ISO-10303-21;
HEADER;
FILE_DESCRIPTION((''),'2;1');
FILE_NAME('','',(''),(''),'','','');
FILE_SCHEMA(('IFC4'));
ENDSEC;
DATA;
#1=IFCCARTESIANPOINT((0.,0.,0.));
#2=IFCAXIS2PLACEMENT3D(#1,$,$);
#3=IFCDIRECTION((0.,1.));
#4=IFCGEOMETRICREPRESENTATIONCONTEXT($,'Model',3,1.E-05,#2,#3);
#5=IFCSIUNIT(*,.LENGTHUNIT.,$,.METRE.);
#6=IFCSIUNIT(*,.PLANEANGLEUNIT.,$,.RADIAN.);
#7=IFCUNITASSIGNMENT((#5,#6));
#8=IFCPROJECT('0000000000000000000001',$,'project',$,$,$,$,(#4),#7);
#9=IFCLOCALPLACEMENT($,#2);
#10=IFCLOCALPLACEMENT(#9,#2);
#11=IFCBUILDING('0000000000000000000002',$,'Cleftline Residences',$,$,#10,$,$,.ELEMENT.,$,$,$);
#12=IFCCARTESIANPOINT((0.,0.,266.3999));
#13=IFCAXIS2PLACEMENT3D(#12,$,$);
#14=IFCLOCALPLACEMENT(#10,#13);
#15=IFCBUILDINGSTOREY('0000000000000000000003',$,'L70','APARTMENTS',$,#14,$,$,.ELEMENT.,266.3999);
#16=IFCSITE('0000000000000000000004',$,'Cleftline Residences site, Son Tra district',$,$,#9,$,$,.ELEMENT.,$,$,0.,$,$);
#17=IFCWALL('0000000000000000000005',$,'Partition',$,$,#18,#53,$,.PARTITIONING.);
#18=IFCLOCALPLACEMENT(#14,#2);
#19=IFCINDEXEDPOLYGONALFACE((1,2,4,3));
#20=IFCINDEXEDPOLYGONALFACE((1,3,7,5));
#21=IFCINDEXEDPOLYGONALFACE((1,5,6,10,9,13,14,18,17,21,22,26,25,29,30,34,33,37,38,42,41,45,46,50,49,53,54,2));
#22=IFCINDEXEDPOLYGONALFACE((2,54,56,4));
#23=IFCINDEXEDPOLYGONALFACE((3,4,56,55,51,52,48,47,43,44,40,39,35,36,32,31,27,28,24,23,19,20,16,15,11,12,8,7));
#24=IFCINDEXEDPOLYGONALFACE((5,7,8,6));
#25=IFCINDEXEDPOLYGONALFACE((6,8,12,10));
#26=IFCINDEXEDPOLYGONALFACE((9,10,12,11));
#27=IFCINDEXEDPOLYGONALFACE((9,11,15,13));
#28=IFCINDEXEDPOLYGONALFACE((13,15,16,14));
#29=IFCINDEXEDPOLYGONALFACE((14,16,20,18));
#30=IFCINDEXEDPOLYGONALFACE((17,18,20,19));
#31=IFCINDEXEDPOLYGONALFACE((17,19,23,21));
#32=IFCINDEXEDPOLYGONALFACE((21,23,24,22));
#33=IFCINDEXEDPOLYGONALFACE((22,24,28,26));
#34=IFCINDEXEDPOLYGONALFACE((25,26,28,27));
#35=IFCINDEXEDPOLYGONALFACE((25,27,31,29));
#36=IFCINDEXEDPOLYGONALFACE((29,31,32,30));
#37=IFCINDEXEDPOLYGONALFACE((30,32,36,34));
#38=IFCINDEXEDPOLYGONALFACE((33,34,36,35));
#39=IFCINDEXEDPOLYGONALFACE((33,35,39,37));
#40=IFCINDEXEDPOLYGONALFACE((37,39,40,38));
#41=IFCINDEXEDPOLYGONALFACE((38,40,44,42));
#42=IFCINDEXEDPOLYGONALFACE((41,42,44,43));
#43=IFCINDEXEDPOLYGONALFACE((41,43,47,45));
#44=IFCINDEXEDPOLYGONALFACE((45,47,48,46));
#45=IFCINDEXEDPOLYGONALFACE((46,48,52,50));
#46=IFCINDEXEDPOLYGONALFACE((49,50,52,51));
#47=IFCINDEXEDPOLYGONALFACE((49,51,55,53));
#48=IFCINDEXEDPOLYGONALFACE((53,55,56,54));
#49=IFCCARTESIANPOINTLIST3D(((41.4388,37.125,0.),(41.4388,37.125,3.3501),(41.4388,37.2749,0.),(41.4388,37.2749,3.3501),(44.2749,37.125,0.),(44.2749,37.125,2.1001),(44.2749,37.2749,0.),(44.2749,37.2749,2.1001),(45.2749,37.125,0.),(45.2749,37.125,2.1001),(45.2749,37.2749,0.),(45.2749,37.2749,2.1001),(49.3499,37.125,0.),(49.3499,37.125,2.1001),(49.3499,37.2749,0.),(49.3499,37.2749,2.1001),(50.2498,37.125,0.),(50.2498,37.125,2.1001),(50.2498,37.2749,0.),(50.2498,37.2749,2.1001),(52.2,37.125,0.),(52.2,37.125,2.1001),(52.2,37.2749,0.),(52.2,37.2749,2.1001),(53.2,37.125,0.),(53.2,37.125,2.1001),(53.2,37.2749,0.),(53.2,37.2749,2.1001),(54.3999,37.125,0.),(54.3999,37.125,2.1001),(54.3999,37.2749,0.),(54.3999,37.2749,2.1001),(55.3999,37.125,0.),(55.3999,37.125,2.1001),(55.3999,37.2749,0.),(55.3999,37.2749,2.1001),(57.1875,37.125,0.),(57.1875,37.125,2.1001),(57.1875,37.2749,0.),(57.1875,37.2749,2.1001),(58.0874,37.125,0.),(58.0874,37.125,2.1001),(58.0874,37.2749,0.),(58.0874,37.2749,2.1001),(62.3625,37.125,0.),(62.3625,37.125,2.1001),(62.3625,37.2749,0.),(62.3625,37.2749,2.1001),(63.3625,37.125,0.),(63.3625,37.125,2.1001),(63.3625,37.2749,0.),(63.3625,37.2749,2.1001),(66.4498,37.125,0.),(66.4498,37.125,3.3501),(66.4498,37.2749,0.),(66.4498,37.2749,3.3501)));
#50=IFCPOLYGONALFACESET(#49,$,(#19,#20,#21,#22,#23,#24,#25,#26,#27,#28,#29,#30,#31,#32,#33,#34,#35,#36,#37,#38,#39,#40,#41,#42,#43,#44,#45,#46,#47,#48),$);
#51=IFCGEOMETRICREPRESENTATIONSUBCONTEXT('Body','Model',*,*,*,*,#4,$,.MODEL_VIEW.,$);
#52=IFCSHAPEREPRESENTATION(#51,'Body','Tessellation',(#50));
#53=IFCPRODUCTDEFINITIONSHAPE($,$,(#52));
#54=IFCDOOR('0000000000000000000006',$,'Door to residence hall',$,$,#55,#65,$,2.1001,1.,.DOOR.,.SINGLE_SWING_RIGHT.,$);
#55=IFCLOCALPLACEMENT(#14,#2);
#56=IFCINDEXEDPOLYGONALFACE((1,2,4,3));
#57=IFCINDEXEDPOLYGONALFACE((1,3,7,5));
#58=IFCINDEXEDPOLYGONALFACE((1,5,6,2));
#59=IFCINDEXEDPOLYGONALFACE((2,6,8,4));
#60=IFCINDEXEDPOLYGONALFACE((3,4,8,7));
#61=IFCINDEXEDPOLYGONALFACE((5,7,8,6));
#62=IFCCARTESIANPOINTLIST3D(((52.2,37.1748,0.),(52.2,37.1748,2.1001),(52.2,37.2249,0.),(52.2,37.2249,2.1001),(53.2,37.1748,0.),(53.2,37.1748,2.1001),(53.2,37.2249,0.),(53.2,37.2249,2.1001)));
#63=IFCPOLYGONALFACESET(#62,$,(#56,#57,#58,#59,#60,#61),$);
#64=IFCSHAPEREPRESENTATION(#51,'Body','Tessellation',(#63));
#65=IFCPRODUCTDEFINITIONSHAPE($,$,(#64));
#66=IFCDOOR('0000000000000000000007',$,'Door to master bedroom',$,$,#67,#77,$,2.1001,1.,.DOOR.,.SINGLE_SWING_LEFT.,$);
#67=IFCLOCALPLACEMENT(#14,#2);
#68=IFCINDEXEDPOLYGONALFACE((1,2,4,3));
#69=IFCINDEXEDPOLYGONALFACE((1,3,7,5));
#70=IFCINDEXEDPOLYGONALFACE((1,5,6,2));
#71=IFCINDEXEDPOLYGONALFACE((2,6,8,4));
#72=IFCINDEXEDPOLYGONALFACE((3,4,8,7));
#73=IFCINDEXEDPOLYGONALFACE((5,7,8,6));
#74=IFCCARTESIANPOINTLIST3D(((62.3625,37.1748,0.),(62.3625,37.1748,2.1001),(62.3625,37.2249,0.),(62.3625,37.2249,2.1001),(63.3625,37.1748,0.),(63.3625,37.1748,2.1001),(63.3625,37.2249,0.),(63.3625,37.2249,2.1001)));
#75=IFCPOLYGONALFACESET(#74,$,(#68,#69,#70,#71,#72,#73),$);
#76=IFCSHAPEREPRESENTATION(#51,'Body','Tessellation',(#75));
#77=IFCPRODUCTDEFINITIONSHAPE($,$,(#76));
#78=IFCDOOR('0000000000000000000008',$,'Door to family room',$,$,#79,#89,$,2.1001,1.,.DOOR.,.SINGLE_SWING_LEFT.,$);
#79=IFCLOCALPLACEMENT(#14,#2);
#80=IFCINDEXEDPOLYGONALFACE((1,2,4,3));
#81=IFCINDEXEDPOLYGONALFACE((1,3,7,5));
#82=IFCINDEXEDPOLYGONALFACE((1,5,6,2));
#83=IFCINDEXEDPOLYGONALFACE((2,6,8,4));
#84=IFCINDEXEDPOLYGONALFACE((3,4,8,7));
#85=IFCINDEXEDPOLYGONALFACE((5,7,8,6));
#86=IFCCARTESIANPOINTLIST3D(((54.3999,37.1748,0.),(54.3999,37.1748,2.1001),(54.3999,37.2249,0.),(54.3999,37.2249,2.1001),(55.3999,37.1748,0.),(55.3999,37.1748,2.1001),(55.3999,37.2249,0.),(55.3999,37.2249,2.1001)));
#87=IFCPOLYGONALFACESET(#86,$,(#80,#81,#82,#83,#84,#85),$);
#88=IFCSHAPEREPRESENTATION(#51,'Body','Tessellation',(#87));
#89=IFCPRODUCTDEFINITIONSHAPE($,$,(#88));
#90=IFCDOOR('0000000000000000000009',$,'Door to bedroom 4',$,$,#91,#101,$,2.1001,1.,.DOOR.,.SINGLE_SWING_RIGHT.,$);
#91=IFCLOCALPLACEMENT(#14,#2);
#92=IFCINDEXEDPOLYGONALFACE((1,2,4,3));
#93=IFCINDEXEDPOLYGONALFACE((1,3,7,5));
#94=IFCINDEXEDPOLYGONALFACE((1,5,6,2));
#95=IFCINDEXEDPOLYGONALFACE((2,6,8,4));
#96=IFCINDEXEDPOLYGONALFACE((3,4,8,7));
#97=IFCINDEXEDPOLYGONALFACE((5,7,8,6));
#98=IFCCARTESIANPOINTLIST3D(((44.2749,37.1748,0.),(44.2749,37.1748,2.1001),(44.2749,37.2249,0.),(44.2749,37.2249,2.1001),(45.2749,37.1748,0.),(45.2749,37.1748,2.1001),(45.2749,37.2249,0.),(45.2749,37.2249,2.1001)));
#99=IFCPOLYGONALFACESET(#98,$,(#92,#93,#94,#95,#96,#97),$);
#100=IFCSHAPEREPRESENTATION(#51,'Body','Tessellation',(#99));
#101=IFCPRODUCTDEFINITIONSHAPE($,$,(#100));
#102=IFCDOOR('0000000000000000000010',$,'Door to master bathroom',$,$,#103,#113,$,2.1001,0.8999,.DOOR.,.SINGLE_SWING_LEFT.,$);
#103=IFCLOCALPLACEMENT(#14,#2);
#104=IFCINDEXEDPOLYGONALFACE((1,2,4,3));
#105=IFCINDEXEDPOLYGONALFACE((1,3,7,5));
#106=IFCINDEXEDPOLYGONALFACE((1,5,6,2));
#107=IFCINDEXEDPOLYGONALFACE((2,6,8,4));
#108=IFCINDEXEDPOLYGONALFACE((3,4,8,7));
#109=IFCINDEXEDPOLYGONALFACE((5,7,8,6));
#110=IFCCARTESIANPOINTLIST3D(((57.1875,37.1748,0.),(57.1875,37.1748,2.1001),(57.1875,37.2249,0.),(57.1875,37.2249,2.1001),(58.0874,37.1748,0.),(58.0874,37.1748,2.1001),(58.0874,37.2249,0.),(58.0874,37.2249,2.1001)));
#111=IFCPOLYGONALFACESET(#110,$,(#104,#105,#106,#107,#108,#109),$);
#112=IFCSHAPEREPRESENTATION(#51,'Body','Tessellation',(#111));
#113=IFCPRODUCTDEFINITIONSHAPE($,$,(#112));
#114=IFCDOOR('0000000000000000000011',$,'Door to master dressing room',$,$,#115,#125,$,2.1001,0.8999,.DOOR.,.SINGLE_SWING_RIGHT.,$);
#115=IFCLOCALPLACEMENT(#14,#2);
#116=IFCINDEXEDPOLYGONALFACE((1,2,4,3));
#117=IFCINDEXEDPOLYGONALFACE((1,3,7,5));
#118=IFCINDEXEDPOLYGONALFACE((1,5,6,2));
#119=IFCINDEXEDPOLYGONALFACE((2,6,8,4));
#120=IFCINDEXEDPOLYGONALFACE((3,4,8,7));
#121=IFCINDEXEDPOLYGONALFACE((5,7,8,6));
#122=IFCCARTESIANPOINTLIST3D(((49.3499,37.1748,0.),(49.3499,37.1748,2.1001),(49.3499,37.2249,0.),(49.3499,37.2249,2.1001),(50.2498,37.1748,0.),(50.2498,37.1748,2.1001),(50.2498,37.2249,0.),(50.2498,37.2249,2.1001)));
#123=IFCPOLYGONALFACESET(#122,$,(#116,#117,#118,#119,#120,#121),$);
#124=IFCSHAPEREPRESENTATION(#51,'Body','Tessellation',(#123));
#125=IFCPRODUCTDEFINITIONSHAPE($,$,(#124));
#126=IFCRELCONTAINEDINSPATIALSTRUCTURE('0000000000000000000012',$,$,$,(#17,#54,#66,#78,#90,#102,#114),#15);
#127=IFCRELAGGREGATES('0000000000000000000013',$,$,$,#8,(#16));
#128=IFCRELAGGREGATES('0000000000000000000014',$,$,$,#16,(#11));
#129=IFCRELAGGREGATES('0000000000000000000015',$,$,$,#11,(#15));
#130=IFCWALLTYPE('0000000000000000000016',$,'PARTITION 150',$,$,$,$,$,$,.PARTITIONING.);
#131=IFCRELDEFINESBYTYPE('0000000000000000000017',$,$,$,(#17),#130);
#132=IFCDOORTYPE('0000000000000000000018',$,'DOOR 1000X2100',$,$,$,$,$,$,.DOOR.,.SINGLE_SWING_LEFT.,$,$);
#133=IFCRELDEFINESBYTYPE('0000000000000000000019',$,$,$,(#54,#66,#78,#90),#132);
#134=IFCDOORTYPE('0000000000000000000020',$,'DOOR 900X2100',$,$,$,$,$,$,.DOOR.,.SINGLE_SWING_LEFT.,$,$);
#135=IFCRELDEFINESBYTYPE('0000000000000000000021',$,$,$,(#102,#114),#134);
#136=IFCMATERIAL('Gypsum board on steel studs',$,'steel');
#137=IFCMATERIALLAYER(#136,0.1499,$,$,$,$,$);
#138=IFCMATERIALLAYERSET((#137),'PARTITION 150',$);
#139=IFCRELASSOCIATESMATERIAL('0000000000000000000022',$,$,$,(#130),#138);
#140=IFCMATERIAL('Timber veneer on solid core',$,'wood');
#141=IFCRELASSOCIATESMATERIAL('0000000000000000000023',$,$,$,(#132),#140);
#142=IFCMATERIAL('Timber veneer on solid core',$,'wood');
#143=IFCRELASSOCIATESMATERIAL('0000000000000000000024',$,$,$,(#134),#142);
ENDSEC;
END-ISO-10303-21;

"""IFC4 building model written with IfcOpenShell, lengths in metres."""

from ifc_helpers import new_model, si_unit, direction, frame, frame_2d, origin, place, context, subcontext, project, spatial, rectangle, extrude, material, layer, layer_set, type_object, element, fill, save


model = new_model("IFC4")

# Units and contexts
model_context = context("Model", 3, precision=1e-05, world=origin(), true_north=direction((0.0, 1.0)))
body_context = subcontext(model_context, "Body", "Model", "MODEL_VIEW")
ifc_project = project(units=[si_unit("LENGTHUNIT", "METRE"), si_unit("PLANEANGLEUNIT", "RADIAN")], contexts=[model_context])

# Site, building, storey
site_placement = place(None, origin())
site = spatial("IfcSite", under=ifc_project, at=site_placement, Name="Cleftline Residences site, Son Tra district", CompositionType="ELEMENT", RefElevation=0.0)
building_placement = place(site_placement, origin())
building = spatial("IfcBuilding", under=site, at=building_placement, Name="Cleftline Residences", CompositionType="ELEMENT")
storey_placement = place(building_placement, frame((0.0, 0.0, 266.3999)))
storey = spatial("IfcBuildingStorey", under=building, at=storey_placement, Name="L70", Description="APARTMENTS", CompositionType="ELEMENT", Elevation=266.3999)

# Shared definitions
ifc_material_1 = material(Name="Gypsum board on steel studs", Category="steel")
ifc_layer_1 = layer(ifc_material_1, 0.1499)
ifc_layer_set_1 = layer_set([ifc_layer_1], Name="PARTITION 150")
wall_type = type_object("IfcWallType", Name="PARTITION 150", PredefinedType="PARTITIONING", material=ifc_layer_set_1)

# Wall, openings, doors
wall_1_placement = place(storey_placement, frame((41.439, 37.2, 0.0), z_axis=(0.0, 0.0, 1.0), x_axis=(1.0, 0.0, 0.0)))
wall_1 = element("IfcWall", 1, at=wall_1_placement, inside=storey, type_object=wall_type, Name="Partition", PredefinedType="PARTITIONING", context=body_context, shape_type="SweptSolid", body=[
    extrude(rectangle(XDim=25.011, YDim=0.1499, at=frame_2d((12.5054, 0.0))), origin(), (0.0, 0.0, 1.0), 3.3501),
])
opening_1_placement = place(wall_1_placement, frame((10.761, 0.0, 0.0)))
opening_1 = element("IfcOpeningElement", 2, at=opening_1_placement, cuts=wall_1, PredefinedType="OPENING", context=body_context, shape_type="SweptSolid", body=[
    extrude(rectangle(XDim=1.0, YDim=2.1001, at=frame_2d((0.5, 1.05))), frame((0.0, 0.085, 0.0), z_axis=(0.0, -1.0, 0.0), x_axis=(1.0, 0.0, 0.0)), (0.0, 0.0, 1.0), 0.1699),
])
opening_2_placement = place(wall_1_placement, frame((20.9236, 0.0, 0.0)))
opening_2 = element("IfcOpeningElement", 3, at=opening_2_placement, cuts=wall_1, PredefinedType="OPENING", context=body_context, shape_type="SweptSolid", body=[
    extrude(rectangle(XDim=1.0, YDim=2.1001, at=frame_2d((0.5, 1.05))), frame((0.0, 0.085, 0.0), z_axis=(0.0, -1.0, 0.0), x_axis=(1.0, 0.0, 0.0)), (0.0, 0.0, 1.0), 0.1699),
])
opening_3_placement = place(wall_1_placement, frame((15.7485, 0.0, 0.0)))
opening_3 = element("IfcOpeningElement", 4, at=opening_3_placement, cuts=wall_1, PredefinedType="OPENING", context=body_context, shape_type="SweptSolid", body=[
    extrude(rectangle(XDim=0.8999, YDim=2.1001, at=frame_2d((0.45, 1.05))), frame((0.0, 0.085, 0.0), z_axis=(0.0, -1.0, 0.0), x_axis=(1.0, 0.0, 0.0)), (0.0, 0.0, 1.0), 0.1699),
])
opening_4_placement = place(wall_1_placement, frame((12.9609, 0.0, 0.0)))
opening_4 = element("IfcOpeningElement", 5, at=opening_4_placement, cuts=wall_1, PredefinedType="OPENING", context=body_context, shape_type="SweptSolid", body=[
    extrude(rectangle(XDim=1.0, YDim=2.1001, at=frame_2d((0.5, 1.05))), frame((0.0, 0.085, 0.0), z_axis=(0.0, -1.0, 0.0), x_axis=(1.0, 0.0, 0.0)), (0.0, 0.0, 1.0), 0.1699),
])
opening_5_placement = place(wall_1_placement, frame((7.9109, 0.0, 0.0)))
opening_5 = element("IfcOpeningElement", 6, at=opening_5_placement, cuts=wall_1, PredefinedType="OPENING", context=body_context, shape_type="SweptSolid", body=[
    extrude(rectangle(XDim=0.8999, YDim=2.1001, at=frame_2d((0.45, 1.05))), frame((0.0, 0.085, 0.0), z_axis=(0.0, -1.0, 0.0), x_axis=(1.0, 0.0, 0.0)), (0.0, 0.0, 1.0), 0.1699),
])
opening_6_placement = place(wall_1_placement, frame((2.8359, 0.0, 0.0)))
opening_6 = element("IfcOpeningElement", 7, at=opening_6_placement, cuts=wall_1, PredefinedType="OPENING", context=body_context, shape_type="SweptSolid", body=[
    extrude(rectangle(XDim=1.0, YDim=2.1001, at=frame_2d((0.5, 1.05))), frame((0.0, 0.085, 0.0), z_axis=(0.0, -1.0, 0.0), x_axis=(1.0, 0.0, 0.0)), (0.0, 0.0, 1.0), 0.1699),
])
ifc_material_2 = material(Name="Timber veneer on solid core", Category="wood")
door_type_1 = type_object("IfcDoorType", Name="DOOR 1000X2100", OperationType="SINGLE_SWING_LEFT", PredefinedType="DOOR", material=ifc_material_2)
door_1_placement = place(opening_1_placement, origin())
door_1 = element("IfcDoor", 8, at=door_1_placement, inside=storey, type_object=door_type_1, Name="Door to residence hall", OperationType="SINGLE_SWING_RIGHT", OverallHeight=2.1001, OverallWidth=1.0, PredefinedType="DOOR", context=body_context, shape_type="SweptSolid", body=[
    extrude(rectangle(XDim=1.0, YDim=2.1001, at=frame_2d((0.5, 1.05))), frame((0.0, 0.0249, 0.0), z_axis=(0.0, -1.0, 0.0), x_axis=(1.0, 0.0, 0.0)), (0.0, 0.0, 1.0), 0.05),
])
fill(opening_1, door_1)
door_2_placement = place(opening_2_placement, origin())
door_2 = element("IfcDoor", 9, at=door_2_placement, inside=storey, type_object=door_type_1, Name="Door to master bedroom", OperationType="SINGLE_SWING_LEFT", OverallHeight=2.1001, OverallWidth=1.0, PredefinedType="DOOR", context=body_context, shape_type="SweptSolid", body=[
    extrude(rectangle(XDim=1.0, YDim=2.1001, at=frame_2d((0.5, 1.05))), frame((0.0, 0.0249, 0.0), z_axis=(0.0, -1.0, 0.0), x_axis=(1.0, 0.0, 0.0)), (0.0, 0.0, 1.0), 0.05),
])
fill(opening_2, door_2)
door_3_placement = place(opening_4_placement, origin())
door_3 = element("IfcDoor", 10, at=door_3_placement, inside=storey, type_object=door_type_1, Name="Door to family room", OperationType="SINGLE_SWING_LEFT", OverallHeight=2.1001, OverallWidth=1.0, PredefinedType="DOOR", context=body_context, shape_type="SweptSolid", body=[
    extrude(rectangle(XDim=1.0, YDim=2.1001, at=frame_2d((0.5, 1.05))), frame((0.0, 0.0249, 0.0), z_axis=(0.0, -1.0, 0.0), x_axis=(1.0, 0.0, 0.0)), (0.0, 0.0, 1.0), 0.05),
])
fill(opening_4, door_3)
door_4_placement = place(opening_6_placement, origin())
door_4 = element("IfcDoor", 11, at=door_4_placement, inside=storey, type_object=door_type_1, Name="Door to bedroom 4", OperationType="SINGLE_SWING_RIGHT", OverallHeight=2.1001, OverallWidth=1.0, PredefinedType="DOOR", context=body_context, shape_type="SweptSolid", body=[
    extrude(rectangle(XDim=1.0, YDim=2.1001, at=frame_2d((0.5, 1.05))), frame((0.0, 0.0249, 0.0), z_axis=(0.0, -1.0, 0.0), x_axis=(1.0, 0.0, 0.0)), (0.0, 0.0, 1.0), 0.05),
])
fill(opening_6, door_4)
ifc_material_3 = material(Name="Timber veneer on solid core", Category="wood")
door_type_2 = type_object("IfcDoorType", Name="DOOR 900X2100", OperationType="SINGLE_SWING_LEFT", PredefinedType="DOOR", material=ifc_material_3)
door_5_placement = place(opening_3_placement, origin())
door_5 = element("IfcDoor", 12, at=door_5_placement, inside=storey, type_object=door_type_2, Name="Door to master bathroom", OperationType="SINGLE_SWING_LEFT", OverallHeight=2.1001, OverallWidth=0.8999, PredefinedType="DOOR", context=body_context, shape_type="SweptSolid", body=[
    extrude(rectangle(XDim=0.8999, YDim=2.1001, at=frame_2d((0.45, 1.05))), frame((0.0, 0.0249, 0.0), z_axis=(0.0, -1.0, 0.0), x_axis=(1.0, 0.0, 0.0)), (0.0, 0.0, 1.0), 0.05),
])
fill(opening_3, door_5)
door_6_placement = place(opening_5_placement, origin())
door_6 = element("IfcDoor", 13, at=door_6_placement, inside=storey, type_object=door_type_2, Name="Door to master dressing room", OperationType="SINGLE_SWING_RIGHT", OverallHeight=2.1001, OverallWidth=0.8999, PredefinedType="DOOR", context=body_context, shape_type="SweptSolid", body=[
    extrude(rectangle(XDim=0.8999, YDim=2.1001, at=frame_2d((0.45, 1.05))), frame((0.0, 0.0249, 0.0), z_axis=(0.0, -1.0, 0.0), x_axis=(1.0, 0.0, 0.0)), (0.0, 0.0, 1.0), 0.05),
])
fill(opening_5, door_6)

save(model, "model.ifc")
